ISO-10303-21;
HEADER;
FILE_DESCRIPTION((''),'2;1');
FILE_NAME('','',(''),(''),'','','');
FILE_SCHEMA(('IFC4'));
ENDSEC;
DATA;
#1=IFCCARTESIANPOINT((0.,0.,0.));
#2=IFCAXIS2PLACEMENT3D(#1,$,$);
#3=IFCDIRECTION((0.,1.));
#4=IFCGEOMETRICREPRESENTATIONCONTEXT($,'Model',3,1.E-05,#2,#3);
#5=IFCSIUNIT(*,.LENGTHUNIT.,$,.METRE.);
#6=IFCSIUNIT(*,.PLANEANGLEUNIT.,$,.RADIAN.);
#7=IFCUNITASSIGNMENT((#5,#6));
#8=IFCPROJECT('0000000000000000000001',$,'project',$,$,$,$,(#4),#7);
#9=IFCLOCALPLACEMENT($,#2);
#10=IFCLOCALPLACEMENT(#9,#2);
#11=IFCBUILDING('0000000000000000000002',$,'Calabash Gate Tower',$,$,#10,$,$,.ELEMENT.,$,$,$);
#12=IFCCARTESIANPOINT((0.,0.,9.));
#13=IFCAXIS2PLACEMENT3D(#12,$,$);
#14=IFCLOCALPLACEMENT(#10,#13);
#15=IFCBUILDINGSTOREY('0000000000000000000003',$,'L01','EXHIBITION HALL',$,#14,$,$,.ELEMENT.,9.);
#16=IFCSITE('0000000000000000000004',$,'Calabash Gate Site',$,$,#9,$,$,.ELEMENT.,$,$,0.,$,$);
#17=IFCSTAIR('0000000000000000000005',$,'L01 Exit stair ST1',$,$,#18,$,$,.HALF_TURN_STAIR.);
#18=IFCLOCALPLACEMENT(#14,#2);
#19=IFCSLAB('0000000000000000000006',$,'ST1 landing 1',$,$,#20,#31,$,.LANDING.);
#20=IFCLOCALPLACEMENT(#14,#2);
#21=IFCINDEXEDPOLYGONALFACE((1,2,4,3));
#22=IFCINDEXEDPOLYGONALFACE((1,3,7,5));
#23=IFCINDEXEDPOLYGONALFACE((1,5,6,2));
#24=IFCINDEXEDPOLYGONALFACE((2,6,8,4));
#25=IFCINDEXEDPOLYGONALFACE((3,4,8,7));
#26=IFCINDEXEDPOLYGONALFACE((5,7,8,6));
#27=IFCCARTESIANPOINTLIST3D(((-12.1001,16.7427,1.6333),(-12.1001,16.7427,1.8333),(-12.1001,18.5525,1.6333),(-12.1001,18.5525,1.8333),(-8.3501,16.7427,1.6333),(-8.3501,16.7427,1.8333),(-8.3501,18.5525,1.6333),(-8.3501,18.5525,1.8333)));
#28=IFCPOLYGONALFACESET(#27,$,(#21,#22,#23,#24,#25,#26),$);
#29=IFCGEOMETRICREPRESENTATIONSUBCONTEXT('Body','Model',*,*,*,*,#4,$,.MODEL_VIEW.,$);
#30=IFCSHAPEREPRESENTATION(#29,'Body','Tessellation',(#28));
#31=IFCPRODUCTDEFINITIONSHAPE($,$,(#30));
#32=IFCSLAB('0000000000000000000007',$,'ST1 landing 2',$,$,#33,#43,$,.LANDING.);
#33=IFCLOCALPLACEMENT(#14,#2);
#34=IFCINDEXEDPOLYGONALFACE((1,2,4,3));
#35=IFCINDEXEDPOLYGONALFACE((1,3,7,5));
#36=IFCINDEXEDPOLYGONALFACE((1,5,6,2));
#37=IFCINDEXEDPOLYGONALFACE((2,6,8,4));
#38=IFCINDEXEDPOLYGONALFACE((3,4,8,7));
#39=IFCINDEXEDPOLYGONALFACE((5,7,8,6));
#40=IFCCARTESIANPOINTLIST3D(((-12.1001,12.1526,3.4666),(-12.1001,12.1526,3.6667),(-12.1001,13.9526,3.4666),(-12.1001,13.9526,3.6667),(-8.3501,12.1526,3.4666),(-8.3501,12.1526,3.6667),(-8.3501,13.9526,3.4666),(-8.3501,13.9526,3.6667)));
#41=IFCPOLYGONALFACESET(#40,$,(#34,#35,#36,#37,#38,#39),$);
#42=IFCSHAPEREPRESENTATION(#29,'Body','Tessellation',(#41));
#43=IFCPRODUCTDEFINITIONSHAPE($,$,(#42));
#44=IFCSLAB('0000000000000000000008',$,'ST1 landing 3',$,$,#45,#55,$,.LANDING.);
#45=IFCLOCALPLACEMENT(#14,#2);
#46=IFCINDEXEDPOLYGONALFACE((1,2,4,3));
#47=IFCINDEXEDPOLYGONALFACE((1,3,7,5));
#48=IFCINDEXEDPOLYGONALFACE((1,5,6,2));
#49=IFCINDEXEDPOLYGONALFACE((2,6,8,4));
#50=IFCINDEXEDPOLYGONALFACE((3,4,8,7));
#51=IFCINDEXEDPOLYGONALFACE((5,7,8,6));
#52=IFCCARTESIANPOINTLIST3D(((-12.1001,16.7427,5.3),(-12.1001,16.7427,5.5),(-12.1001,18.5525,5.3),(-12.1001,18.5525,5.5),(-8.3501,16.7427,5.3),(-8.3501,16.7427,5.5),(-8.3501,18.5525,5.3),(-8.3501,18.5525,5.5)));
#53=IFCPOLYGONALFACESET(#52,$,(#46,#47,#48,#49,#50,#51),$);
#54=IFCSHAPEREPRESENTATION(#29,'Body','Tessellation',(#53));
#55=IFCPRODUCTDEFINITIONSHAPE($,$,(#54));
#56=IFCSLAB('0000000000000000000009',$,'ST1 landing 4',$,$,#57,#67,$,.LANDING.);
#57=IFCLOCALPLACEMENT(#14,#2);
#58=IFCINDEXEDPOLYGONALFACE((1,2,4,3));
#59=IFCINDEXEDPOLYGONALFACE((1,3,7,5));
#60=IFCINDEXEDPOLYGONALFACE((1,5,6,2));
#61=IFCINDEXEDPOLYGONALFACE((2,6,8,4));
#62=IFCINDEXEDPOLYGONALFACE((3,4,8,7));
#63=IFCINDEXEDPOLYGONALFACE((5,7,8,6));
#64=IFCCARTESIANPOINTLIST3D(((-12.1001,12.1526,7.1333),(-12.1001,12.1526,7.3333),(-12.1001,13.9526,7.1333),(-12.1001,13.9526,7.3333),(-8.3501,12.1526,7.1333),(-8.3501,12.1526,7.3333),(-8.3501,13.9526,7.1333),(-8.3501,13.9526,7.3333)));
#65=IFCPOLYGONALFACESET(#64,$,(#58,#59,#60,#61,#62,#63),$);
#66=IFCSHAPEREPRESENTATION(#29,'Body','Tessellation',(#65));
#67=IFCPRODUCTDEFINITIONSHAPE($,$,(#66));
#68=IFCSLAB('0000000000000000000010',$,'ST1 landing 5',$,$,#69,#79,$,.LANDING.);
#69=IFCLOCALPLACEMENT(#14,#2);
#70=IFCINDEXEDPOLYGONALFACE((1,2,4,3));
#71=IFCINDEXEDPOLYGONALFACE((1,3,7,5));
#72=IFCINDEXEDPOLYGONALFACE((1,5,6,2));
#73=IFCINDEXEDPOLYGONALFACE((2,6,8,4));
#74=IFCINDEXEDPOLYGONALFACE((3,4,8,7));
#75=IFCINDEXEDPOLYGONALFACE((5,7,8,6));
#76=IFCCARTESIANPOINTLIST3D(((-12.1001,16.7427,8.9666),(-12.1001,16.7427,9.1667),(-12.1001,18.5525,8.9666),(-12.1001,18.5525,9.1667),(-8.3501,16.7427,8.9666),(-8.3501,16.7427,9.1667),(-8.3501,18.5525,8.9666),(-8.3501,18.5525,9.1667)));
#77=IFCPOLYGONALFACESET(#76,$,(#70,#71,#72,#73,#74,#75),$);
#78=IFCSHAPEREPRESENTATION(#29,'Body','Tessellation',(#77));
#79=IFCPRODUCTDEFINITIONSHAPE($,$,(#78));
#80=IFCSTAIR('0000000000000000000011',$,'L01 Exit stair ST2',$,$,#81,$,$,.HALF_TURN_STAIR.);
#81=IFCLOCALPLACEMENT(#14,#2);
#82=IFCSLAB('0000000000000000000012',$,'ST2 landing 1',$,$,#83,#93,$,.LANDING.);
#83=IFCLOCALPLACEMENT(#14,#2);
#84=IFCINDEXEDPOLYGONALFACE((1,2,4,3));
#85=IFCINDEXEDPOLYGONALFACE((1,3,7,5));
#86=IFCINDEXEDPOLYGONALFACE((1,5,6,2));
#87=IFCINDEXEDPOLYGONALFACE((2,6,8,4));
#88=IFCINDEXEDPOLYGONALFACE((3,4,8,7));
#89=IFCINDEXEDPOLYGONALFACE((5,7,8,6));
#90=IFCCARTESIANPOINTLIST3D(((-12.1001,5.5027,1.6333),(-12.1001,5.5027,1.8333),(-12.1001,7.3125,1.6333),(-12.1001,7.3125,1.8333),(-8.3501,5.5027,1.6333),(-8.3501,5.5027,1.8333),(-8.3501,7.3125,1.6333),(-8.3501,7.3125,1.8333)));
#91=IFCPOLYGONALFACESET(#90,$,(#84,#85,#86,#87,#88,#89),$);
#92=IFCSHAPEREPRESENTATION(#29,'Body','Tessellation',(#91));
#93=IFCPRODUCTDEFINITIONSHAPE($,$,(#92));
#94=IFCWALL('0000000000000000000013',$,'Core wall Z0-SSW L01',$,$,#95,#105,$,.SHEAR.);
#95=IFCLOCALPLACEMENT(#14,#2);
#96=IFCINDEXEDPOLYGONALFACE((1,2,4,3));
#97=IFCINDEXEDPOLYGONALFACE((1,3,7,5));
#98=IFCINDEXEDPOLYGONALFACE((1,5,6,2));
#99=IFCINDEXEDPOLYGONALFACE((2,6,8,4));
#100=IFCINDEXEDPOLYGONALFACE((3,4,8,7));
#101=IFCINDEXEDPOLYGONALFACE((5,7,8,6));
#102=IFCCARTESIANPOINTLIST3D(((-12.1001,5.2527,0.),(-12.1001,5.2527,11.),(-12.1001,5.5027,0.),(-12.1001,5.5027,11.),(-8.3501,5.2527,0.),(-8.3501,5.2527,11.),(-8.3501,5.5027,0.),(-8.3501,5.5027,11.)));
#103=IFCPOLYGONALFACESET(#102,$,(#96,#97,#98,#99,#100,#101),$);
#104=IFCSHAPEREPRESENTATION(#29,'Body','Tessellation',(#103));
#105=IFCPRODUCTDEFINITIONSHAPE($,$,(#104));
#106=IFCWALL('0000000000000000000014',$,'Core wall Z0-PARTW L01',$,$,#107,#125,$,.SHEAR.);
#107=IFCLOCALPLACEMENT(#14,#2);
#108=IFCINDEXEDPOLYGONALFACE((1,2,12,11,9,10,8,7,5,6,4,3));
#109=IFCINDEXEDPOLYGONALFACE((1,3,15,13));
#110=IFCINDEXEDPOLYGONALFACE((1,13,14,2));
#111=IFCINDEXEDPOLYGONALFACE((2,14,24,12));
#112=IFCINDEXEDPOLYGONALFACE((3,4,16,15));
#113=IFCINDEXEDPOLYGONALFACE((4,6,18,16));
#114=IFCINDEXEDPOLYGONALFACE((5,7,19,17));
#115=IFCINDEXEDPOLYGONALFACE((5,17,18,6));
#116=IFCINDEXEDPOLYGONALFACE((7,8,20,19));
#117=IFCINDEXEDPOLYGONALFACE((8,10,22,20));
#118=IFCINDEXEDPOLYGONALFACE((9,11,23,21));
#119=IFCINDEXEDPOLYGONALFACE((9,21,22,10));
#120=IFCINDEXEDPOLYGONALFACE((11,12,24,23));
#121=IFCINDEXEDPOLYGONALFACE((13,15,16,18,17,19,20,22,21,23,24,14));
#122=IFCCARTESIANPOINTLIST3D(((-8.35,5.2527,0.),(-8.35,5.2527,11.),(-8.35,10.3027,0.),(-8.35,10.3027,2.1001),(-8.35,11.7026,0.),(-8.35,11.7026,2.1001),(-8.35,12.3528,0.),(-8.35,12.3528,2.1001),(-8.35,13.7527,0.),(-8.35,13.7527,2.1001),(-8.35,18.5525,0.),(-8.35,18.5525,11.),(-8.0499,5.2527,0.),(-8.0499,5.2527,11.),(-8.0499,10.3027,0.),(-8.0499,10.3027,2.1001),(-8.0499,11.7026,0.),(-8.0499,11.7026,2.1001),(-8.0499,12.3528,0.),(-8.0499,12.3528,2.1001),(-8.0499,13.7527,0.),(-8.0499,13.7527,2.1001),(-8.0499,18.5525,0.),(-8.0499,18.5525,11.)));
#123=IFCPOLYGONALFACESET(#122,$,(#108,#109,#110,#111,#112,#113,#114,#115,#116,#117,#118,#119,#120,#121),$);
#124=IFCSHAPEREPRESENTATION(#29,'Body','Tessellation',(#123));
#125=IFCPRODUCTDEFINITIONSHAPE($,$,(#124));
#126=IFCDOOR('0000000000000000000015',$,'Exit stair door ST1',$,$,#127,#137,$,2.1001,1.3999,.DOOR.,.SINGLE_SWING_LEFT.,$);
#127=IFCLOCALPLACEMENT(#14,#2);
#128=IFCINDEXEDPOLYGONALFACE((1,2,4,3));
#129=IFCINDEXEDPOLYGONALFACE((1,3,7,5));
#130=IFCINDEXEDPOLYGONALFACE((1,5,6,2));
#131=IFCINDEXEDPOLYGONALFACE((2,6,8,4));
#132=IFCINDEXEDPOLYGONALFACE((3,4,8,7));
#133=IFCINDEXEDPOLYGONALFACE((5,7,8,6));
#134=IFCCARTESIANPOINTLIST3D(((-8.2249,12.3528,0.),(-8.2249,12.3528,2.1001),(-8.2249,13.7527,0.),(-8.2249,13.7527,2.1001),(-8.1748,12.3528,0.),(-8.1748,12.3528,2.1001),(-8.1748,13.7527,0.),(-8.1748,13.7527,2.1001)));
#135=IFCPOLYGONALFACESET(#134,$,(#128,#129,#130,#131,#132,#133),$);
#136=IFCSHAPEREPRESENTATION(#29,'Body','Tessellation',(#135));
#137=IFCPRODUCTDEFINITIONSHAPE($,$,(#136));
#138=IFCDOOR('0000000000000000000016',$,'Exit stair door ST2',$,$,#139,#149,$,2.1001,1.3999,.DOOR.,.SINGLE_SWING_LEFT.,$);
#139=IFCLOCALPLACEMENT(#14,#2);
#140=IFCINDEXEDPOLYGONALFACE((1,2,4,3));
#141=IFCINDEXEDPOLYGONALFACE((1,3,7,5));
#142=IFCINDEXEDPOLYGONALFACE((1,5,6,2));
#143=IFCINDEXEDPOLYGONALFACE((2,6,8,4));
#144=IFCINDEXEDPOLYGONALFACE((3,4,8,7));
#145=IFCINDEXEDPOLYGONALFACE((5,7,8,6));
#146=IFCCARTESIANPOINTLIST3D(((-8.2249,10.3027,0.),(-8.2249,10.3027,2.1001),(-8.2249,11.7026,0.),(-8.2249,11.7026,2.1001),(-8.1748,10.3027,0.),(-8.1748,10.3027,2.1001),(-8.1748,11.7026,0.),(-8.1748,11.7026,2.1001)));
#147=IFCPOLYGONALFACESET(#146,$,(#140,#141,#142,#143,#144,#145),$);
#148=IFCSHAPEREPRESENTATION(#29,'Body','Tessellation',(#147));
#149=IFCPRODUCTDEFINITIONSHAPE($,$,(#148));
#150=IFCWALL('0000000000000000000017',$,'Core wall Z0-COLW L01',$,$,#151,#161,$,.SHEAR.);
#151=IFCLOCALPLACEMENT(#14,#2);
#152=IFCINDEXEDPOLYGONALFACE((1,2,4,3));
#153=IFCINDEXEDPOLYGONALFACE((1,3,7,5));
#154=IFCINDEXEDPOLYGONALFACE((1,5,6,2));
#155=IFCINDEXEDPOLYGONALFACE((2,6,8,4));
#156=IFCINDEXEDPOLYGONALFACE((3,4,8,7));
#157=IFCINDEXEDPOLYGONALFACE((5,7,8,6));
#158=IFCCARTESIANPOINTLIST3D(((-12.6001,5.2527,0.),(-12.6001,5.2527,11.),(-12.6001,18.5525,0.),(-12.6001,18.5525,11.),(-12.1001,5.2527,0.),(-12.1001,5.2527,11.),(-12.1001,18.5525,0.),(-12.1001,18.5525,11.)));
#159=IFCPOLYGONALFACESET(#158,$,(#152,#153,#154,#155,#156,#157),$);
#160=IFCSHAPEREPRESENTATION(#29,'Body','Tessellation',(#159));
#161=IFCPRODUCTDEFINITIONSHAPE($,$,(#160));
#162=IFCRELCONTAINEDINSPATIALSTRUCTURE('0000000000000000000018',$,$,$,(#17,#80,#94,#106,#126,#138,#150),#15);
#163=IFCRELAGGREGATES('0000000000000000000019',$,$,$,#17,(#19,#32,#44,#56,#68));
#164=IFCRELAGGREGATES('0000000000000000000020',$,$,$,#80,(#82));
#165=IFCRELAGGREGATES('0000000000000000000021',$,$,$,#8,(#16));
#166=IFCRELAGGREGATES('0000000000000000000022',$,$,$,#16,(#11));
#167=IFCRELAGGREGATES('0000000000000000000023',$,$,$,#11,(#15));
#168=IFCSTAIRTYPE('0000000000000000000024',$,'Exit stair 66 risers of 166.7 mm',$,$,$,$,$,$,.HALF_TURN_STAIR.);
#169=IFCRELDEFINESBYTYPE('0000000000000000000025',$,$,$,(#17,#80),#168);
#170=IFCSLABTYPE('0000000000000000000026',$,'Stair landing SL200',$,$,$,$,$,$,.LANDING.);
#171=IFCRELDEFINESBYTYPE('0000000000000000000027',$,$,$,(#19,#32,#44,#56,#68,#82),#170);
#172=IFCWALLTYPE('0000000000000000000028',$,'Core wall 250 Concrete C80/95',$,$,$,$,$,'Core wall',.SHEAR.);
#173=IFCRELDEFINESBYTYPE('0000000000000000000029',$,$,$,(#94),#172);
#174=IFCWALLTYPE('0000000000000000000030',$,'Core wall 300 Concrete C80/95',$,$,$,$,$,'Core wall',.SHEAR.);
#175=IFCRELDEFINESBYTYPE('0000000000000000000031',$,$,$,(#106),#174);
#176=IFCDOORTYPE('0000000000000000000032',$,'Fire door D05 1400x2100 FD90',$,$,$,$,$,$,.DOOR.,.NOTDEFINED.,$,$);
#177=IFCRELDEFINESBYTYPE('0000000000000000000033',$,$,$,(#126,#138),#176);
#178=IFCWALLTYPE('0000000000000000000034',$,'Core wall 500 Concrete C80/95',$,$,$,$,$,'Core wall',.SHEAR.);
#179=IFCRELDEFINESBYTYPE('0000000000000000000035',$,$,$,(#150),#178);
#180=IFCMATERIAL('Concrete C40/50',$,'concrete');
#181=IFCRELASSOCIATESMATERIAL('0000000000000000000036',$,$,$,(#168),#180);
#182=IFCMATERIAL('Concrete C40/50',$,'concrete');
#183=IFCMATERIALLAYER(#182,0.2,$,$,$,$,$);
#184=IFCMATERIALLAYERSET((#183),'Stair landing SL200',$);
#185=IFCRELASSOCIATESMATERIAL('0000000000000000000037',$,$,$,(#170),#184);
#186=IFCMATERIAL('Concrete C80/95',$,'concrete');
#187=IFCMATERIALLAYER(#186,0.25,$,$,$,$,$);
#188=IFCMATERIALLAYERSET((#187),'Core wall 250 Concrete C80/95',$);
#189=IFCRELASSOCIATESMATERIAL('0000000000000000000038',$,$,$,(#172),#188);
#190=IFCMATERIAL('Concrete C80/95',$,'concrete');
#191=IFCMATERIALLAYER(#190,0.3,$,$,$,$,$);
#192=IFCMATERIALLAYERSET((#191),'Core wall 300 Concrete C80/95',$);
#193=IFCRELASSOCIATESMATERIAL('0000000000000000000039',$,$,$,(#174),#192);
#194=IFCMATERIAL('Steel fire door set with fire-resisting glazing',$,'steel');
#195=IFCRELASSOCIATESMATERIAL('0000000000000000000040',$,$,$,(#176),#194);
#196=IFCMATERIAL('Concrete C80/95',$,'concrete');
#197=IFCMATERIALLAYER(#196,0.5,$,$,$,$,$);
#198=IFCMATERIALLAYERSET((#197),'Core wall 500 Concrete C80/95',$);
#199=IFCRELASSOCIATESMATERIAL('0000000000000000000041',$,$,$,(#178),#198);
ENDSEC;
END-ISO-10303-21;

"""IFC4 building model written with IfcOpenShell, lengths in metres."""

from ifc_helpers import new_model, si_unit, direction, frame, frame_2d, origin, place, context, subcontext, project, spatial, polyline, rectangle, outline, extrude, material, layer, layer_set, type_object, element, fill, aggregate, save


model = new_model("IFC4")

# Units and contexts
model_context = context("Model", 3, precision=1e-05, world=origin(), true_north=direction((0.0, 1.0)))
body_context = subcontext(model_context, "Body", "Model", "MODEL_VIEW")
ifc_project = project(units=[si_unit("LENGTHUNIT", "METRE"), si_unit("PLANEANGLEUNIT", "RADIAN")], contexts=[model_context])

# Site, building, storey
site_placement = place(None, origin())
site = spatial("IfcSite", under=ifc_project, at=site_placement, Name="Calabash Gate Site", CompositionType="ELEMENT", RefElevation=0.0)
building_placement = place(site_placement, origin())
building = spatial("IfcBuilding", under=site, at=building_placement, Name="Calabash Gate Tower", CompositionType="ELEMENT")
storey_placement = place(building_placement, frame((0.0, 0.0, 9.0)))
storey = spatial("IfcBuildingStorey", under=building, at=storey_placement, Name="L01", Description="EXHIBITION HALL", CompositionType="ELEMENT", Elevation=9.0)

# Stair, slabs
ifc_material_1 = material(Name="Concrete C40/50", Category="concrete")
stair_type = type_object("IfcStairType", Name="Exit stair 66 risers of 166.7 mm", PredefinedType="HALF_TURN_STAIR", material=ifc_material_1)
stair_1_placement = place(storey_placement, origin())
stair_1 = element("IfcStair", 1, at=stair_1_placement, inside=storey, type_object=stair_type, Name="L01 Exit stair ST1", PredefinedType="HALF_TURN_STAIR")
ifc_material_2 = material(Name="Concrete C40/50", Category="concrete")
ifc_layer_1 = layer(ifc_material_2, 0.2)
ifc_layer_set_1 = layer_set([ifc_layer_1], Name="Stair landing SL200")
slab_type_1 = type_object("IfcSlabType", Name="Stair landing SL200", PredefinedType="LANDING", material=ifc_layer_set_1)
slab_1_placement = place(storey_placement, frame((0.0, 0.0, 1.6333)))
slab_1 = element("IfcSlab", 2, at=slab_1_placement, type_object=slab_type_1, Name="ST1 landing 1", PredefinedType="LANDING", context=body_context, shape_type="SweptSolid", body=[
    extrude(outline(polyline([(-8.3501, 16.7427), (-8.3501, 18.5525), (-12.1001, 18.5525), (-12.1001, 16.7427), (-8.3501, 16.7427)])), origin(), (0.0, 0.0, 1.0), 0.2),
])
slab_2_placement = place(storey_placement, frame((0.0, 0.0, 3.4666)))
slab_2 = element("IfcSlab", 3, at=slab_2_placement, type_object=slab_type_1, Name="ST1 landing 2", PredefinedType="LANDING", context=body_context, shape_type="SweptSolid", body=[
    extrude(outline(polyline([(-8.3501, 12.1526), (-8.3501, 13.9526), (-12.1001, 13.9526), (-12.1001, 12.1526), (-8.3501, 12.1526)])), origin(), (0.0, 0.0, 1.0), 0.2002),
])
slab_3_placement = place(storey_placement, frame((0.0, 0.0, 5.3)))
slab_3 = element("IfcSlab", 4, at=slab_3_placement, type_object=slab_type_1, Name="ST1 landing 3", PredefinedType="LANDING", context=body_context, shape_type="SweptSolid", body=[
    extrude(outline(polyline([(-8.3501, 16.7427), (-8.3501, 18.5525), (-12.1001, 18.5525), (-12.1001, 16.7427), (-8.3501, 16.7427)])), origin(), (0.0, 0.0, 1.0), 0.2),
])
slab_4_placement = place(storey_placement, frame((0.0, 0.0, 7.1333)))
slab_4 = element("IfcSlab", 5, at=slab_4_placement, type_object=slab_type_1, Name="ST1 landing 4", PredefinedType="LANDING", context=body_context, shape_type="SweptSolid", body=[
    extrude(outline(polyline([(-8.3501, 12.1526), (-8.3501, 13.9526), (-12.1001, 13.9526), (-12.1001, 12.1526), (-8.3501, 12.1526)])), origin(), (0.0, 0.0, 1.0), 0.2),
])
slab_5_placement = place(storey_placement, frame((0.0, 0.0, 8.9666)))
slab_5 = element("IfcSlab", 6, at=slab_5_placement, type_object=slab_type_1, Name="ST1 landing 5", PredefinedType="LANDING", context=body_context, shape_type="SweptSolid", body=[
    extrude(outline(polyline([(-8.3501, 16.7427), (-8.3501, 18.5525), (-12.1001, 18.5525), (-12.1001, 16.7427), (-8.3501, 16.7427)])), origin(), (0.0, 0.0, 1.0), 0.2002),
])
aggregate(stair_1, [slab_1, slab_2, slab_3, slab_4, slab_5])

# Stair, slab
stair_2_placement = place(storey_placement, origin())
stair_2 = element("IfcStair", 7, at=stair_2_placement, inside=storey, type_object=stair_type, Name="L01 Exit stair ST2", PredefinedType="HALF_TURN_STAIR")
slab_6_placement = place(storey_placement, frame((0.0, 0.0, 1.6333)))
slab_6 = element("IfcSlab", 8, at=slab_6_placement, type_object=slab_type_1, Name="ST2 landing 1", PredefinedType="LANDING", context=body_context, shape_type="SweptSolid", body=[
    extrude(outline(polyline([(-12.1001, 7.3125), (-12.1001, 5.5027), (-8.3501, 5.5027), (-8.3501, 7.3125), (-12.1001, 7.3125)])), origin(), (0.0, 0.0, 1.0), 0.2),
])
aggregate(stair_2, [slab_6])

# Wall
ifc_material_3 = material(Name="Concrete C80/95", Category="concrete")
ifc_layer_2 = layer(ifc_material_3, 0.25)
ifc_layer_set_2 = layer_set([ifc_layer_2], Name="Core wall 250 Concrete C80/95")
wall_type_1 = type_object("IfcWallType", Name="Core wall 250 Concrete C80/95", ElementType="Core wall", PredefinedType="SHEAR", material=ifc_layer_set_2)
wall_1_placement = place(storey_placement, frame((-12.1001, 5.3777, 0.0), z_axis=(0.0, 0.0, 1.0), x_axis=(1.0, 0.0, 0.0)))
element("IfcWall", 9, at=wall_1_placement, inside=storey, type_object=wall_type_1, Name="Core wall Z0-SSW L01", PredefinedType="SHEAR", context=body_context, shape_type="SweptSolid", body=[
    extrude(rectangle(XDim=3.75, YDim=0.25, at=frame_2d((1.875, 0.0))), origin(), (0.0, 0.0, 1.0), 11.0),
])

# Wall, openings, doors
ifc_material_4 = material(Name="Concrete C80/95", Category="concrete")
ifc_layer_3 = layer(ifc_material_4, 0.3)
ifc_layer_set_3 = layer_set([ifc_layer_3], Name="Core wall 300 Concrete C80/95")
wall_type_2 = type_object("IfcWallType", Name="Core wall 300 Concrete C80/95", ElementType="Core wall", PredefinedType="SHEAR", material=ifc_layer_set_3)
wall_2_placement = place(storey_placement, frame((-8.2, 5.2527, 0.0), z_axis=(0.0, 0.0, 1.0), x_axis=(0.0, 1.0, 0.0)))
wall_2 = element("IfcWall", 10, at=wall_2_placement, inside=storey, type_object=wall_type_2, Name="Core wall Z0-PARTW L01", PredefinedType="SHEAR", context=body_context, shape_type="SweptSolid", body=[
    extrude(rectangle(XDim=13.2998, YDim=0.3, at=frame_2d((6.6499, 0.0))), origin(), (0.0, 0.0, 1.0), 11.0),
])
opening_1_placement = place(wall_2_placement, frame((7.1001, 0.0, 0.0)))
opening_1 = element("IfcOpeningElement", 11, at=opening_1_placement, cuts=wall_2, PredefinedType="OPENING", context=body_context, shape_type="SweptSolid", body=[
    extrude(rectangle(XDim=1.3999, YDim=2.1001, at=frame_2d((0.7, 1.05))), frame((0.0, 0.1599, 0.0), z_axis=(0.0, -1.0, 0.0), x_axis=(1.0, 0.0, 0.0)), (0.0, 0.0, 1.0), 0.3201),
])
opening_2_placement = place(wall_2_placement, frame((5.05, 0.0, 0.0)))
opening_2 = element("IfcOpeningElement", 12, at=opening_2_placement, cuts=wall_2, PredefinedType="OPENING", context=body_context, shape_type="SweptSolid", body=[
    extrude(rectangle(XDim=1.3999, YDim=2.1001, at=frame_2d((0.7, 1.05))), frame((0.0, 0.1599, 0.0), z_axis=(0.0, -1.0, 0.0), x_axis=(1.0, 0.0, 0.0)), (0.0, 0.0, 1.0), 0.3201),
])
ifc_material_5 = material(Name="Steel fire door set with fire-resisting glazing", Category="steel")
door_type_1 = type_object("IfcDoorType", Name="Fire door D05 1400x2100 FD90", OperationType="NOTDEFINED", PredefinedType="DOOR", material=ifc_material_5)
door_1_placement = place(opening_1_placement, origin())
door_1 = element("IfcDoor", 13, at=door_1_placement, inside=storey, type_object=door_type_1, Name="Exit stair door ST1", OperationType="SINGLE_SWING_LEFT", OverallHeight=2.1001, OverallWidth=1.3999, PredefinedType="DOOR", context=body_context, shape_type="SweptSolid", body=[
    extrude(rectangle(XDim=1.3999, YDim=2.1001, at=frame_2d((0.7, 1.05))), frame((0.0, 0.0249, 0.0), z_axis=(0.0, -1.0, 0.0), x_axis=(1.0, 0.0, 0.0)), (0.0, 0.0, 1.0), 0.05),
])
fill(opening_1, door_1)
door_2_placement = place(opening_2_placement, origin())
door_2 = element("IfcDoor", 14, at=door_2_placement, inside=storey, type_object=door_type_1, Name="Exit stair door ST2", OperationType="SINGLE_SWING_LEFT", OverallHeight=2.1001, OverallWidth=1.3999, PredefinedType="DOOR", context=body_context, shape_type="SweptSolid", body=[
    extrude(rectangle(XDim=1.3999, YDim=2.1001, at=frame_2d((0.7, 1.05))), frame((0.0, 0.0249, 0.0), z_axis=(0.0, -1.0, 0.0), x_axis=(1.0, 0.0, 0.0)), (0.0, 0.0, 1.0), 0.05),
])
fill(opening_2, door_2)

# Wall
ifc_material_6 = material(Name="Concrete C80/95", Category="concrete")
ifc_layer_4 = layer(ifc_material_6, 0.5)
ifc_layer_set_4 = layer_set([ifc_layer_4], Name="Core wall 500 Concrete C80/95")
wall_type_3 = type_object("IfcWallType", Name="Core wall 500 Concrete C80/95", ElementType="Core wall", PredefinedType="SHEAR", material=ifc_layer_set_4)
wall_3_placement = place(storey_placement, frame((-12.3501, 5.2527, 0.0), z_axis=(0.0, 0.0, 1.0), x_axis=(0.0, 1.0, 0.0)))
element("IfcWall", 15, at=wall_3_placement, inside=storey, type_object=wall_type_3, Name="Core wall Z0-COLW L01", PredefinedType="SHEAR", context=body_context, shape_type="SweptSolid", body=[
    extrude(rectangle(XDim=13.2998, YDim=0.5, at=frame_2d((6.6499, 0.0))), origin(), (0.0, 0.0, 1.0), 11.0),
])

save(model, "model.ifc")
